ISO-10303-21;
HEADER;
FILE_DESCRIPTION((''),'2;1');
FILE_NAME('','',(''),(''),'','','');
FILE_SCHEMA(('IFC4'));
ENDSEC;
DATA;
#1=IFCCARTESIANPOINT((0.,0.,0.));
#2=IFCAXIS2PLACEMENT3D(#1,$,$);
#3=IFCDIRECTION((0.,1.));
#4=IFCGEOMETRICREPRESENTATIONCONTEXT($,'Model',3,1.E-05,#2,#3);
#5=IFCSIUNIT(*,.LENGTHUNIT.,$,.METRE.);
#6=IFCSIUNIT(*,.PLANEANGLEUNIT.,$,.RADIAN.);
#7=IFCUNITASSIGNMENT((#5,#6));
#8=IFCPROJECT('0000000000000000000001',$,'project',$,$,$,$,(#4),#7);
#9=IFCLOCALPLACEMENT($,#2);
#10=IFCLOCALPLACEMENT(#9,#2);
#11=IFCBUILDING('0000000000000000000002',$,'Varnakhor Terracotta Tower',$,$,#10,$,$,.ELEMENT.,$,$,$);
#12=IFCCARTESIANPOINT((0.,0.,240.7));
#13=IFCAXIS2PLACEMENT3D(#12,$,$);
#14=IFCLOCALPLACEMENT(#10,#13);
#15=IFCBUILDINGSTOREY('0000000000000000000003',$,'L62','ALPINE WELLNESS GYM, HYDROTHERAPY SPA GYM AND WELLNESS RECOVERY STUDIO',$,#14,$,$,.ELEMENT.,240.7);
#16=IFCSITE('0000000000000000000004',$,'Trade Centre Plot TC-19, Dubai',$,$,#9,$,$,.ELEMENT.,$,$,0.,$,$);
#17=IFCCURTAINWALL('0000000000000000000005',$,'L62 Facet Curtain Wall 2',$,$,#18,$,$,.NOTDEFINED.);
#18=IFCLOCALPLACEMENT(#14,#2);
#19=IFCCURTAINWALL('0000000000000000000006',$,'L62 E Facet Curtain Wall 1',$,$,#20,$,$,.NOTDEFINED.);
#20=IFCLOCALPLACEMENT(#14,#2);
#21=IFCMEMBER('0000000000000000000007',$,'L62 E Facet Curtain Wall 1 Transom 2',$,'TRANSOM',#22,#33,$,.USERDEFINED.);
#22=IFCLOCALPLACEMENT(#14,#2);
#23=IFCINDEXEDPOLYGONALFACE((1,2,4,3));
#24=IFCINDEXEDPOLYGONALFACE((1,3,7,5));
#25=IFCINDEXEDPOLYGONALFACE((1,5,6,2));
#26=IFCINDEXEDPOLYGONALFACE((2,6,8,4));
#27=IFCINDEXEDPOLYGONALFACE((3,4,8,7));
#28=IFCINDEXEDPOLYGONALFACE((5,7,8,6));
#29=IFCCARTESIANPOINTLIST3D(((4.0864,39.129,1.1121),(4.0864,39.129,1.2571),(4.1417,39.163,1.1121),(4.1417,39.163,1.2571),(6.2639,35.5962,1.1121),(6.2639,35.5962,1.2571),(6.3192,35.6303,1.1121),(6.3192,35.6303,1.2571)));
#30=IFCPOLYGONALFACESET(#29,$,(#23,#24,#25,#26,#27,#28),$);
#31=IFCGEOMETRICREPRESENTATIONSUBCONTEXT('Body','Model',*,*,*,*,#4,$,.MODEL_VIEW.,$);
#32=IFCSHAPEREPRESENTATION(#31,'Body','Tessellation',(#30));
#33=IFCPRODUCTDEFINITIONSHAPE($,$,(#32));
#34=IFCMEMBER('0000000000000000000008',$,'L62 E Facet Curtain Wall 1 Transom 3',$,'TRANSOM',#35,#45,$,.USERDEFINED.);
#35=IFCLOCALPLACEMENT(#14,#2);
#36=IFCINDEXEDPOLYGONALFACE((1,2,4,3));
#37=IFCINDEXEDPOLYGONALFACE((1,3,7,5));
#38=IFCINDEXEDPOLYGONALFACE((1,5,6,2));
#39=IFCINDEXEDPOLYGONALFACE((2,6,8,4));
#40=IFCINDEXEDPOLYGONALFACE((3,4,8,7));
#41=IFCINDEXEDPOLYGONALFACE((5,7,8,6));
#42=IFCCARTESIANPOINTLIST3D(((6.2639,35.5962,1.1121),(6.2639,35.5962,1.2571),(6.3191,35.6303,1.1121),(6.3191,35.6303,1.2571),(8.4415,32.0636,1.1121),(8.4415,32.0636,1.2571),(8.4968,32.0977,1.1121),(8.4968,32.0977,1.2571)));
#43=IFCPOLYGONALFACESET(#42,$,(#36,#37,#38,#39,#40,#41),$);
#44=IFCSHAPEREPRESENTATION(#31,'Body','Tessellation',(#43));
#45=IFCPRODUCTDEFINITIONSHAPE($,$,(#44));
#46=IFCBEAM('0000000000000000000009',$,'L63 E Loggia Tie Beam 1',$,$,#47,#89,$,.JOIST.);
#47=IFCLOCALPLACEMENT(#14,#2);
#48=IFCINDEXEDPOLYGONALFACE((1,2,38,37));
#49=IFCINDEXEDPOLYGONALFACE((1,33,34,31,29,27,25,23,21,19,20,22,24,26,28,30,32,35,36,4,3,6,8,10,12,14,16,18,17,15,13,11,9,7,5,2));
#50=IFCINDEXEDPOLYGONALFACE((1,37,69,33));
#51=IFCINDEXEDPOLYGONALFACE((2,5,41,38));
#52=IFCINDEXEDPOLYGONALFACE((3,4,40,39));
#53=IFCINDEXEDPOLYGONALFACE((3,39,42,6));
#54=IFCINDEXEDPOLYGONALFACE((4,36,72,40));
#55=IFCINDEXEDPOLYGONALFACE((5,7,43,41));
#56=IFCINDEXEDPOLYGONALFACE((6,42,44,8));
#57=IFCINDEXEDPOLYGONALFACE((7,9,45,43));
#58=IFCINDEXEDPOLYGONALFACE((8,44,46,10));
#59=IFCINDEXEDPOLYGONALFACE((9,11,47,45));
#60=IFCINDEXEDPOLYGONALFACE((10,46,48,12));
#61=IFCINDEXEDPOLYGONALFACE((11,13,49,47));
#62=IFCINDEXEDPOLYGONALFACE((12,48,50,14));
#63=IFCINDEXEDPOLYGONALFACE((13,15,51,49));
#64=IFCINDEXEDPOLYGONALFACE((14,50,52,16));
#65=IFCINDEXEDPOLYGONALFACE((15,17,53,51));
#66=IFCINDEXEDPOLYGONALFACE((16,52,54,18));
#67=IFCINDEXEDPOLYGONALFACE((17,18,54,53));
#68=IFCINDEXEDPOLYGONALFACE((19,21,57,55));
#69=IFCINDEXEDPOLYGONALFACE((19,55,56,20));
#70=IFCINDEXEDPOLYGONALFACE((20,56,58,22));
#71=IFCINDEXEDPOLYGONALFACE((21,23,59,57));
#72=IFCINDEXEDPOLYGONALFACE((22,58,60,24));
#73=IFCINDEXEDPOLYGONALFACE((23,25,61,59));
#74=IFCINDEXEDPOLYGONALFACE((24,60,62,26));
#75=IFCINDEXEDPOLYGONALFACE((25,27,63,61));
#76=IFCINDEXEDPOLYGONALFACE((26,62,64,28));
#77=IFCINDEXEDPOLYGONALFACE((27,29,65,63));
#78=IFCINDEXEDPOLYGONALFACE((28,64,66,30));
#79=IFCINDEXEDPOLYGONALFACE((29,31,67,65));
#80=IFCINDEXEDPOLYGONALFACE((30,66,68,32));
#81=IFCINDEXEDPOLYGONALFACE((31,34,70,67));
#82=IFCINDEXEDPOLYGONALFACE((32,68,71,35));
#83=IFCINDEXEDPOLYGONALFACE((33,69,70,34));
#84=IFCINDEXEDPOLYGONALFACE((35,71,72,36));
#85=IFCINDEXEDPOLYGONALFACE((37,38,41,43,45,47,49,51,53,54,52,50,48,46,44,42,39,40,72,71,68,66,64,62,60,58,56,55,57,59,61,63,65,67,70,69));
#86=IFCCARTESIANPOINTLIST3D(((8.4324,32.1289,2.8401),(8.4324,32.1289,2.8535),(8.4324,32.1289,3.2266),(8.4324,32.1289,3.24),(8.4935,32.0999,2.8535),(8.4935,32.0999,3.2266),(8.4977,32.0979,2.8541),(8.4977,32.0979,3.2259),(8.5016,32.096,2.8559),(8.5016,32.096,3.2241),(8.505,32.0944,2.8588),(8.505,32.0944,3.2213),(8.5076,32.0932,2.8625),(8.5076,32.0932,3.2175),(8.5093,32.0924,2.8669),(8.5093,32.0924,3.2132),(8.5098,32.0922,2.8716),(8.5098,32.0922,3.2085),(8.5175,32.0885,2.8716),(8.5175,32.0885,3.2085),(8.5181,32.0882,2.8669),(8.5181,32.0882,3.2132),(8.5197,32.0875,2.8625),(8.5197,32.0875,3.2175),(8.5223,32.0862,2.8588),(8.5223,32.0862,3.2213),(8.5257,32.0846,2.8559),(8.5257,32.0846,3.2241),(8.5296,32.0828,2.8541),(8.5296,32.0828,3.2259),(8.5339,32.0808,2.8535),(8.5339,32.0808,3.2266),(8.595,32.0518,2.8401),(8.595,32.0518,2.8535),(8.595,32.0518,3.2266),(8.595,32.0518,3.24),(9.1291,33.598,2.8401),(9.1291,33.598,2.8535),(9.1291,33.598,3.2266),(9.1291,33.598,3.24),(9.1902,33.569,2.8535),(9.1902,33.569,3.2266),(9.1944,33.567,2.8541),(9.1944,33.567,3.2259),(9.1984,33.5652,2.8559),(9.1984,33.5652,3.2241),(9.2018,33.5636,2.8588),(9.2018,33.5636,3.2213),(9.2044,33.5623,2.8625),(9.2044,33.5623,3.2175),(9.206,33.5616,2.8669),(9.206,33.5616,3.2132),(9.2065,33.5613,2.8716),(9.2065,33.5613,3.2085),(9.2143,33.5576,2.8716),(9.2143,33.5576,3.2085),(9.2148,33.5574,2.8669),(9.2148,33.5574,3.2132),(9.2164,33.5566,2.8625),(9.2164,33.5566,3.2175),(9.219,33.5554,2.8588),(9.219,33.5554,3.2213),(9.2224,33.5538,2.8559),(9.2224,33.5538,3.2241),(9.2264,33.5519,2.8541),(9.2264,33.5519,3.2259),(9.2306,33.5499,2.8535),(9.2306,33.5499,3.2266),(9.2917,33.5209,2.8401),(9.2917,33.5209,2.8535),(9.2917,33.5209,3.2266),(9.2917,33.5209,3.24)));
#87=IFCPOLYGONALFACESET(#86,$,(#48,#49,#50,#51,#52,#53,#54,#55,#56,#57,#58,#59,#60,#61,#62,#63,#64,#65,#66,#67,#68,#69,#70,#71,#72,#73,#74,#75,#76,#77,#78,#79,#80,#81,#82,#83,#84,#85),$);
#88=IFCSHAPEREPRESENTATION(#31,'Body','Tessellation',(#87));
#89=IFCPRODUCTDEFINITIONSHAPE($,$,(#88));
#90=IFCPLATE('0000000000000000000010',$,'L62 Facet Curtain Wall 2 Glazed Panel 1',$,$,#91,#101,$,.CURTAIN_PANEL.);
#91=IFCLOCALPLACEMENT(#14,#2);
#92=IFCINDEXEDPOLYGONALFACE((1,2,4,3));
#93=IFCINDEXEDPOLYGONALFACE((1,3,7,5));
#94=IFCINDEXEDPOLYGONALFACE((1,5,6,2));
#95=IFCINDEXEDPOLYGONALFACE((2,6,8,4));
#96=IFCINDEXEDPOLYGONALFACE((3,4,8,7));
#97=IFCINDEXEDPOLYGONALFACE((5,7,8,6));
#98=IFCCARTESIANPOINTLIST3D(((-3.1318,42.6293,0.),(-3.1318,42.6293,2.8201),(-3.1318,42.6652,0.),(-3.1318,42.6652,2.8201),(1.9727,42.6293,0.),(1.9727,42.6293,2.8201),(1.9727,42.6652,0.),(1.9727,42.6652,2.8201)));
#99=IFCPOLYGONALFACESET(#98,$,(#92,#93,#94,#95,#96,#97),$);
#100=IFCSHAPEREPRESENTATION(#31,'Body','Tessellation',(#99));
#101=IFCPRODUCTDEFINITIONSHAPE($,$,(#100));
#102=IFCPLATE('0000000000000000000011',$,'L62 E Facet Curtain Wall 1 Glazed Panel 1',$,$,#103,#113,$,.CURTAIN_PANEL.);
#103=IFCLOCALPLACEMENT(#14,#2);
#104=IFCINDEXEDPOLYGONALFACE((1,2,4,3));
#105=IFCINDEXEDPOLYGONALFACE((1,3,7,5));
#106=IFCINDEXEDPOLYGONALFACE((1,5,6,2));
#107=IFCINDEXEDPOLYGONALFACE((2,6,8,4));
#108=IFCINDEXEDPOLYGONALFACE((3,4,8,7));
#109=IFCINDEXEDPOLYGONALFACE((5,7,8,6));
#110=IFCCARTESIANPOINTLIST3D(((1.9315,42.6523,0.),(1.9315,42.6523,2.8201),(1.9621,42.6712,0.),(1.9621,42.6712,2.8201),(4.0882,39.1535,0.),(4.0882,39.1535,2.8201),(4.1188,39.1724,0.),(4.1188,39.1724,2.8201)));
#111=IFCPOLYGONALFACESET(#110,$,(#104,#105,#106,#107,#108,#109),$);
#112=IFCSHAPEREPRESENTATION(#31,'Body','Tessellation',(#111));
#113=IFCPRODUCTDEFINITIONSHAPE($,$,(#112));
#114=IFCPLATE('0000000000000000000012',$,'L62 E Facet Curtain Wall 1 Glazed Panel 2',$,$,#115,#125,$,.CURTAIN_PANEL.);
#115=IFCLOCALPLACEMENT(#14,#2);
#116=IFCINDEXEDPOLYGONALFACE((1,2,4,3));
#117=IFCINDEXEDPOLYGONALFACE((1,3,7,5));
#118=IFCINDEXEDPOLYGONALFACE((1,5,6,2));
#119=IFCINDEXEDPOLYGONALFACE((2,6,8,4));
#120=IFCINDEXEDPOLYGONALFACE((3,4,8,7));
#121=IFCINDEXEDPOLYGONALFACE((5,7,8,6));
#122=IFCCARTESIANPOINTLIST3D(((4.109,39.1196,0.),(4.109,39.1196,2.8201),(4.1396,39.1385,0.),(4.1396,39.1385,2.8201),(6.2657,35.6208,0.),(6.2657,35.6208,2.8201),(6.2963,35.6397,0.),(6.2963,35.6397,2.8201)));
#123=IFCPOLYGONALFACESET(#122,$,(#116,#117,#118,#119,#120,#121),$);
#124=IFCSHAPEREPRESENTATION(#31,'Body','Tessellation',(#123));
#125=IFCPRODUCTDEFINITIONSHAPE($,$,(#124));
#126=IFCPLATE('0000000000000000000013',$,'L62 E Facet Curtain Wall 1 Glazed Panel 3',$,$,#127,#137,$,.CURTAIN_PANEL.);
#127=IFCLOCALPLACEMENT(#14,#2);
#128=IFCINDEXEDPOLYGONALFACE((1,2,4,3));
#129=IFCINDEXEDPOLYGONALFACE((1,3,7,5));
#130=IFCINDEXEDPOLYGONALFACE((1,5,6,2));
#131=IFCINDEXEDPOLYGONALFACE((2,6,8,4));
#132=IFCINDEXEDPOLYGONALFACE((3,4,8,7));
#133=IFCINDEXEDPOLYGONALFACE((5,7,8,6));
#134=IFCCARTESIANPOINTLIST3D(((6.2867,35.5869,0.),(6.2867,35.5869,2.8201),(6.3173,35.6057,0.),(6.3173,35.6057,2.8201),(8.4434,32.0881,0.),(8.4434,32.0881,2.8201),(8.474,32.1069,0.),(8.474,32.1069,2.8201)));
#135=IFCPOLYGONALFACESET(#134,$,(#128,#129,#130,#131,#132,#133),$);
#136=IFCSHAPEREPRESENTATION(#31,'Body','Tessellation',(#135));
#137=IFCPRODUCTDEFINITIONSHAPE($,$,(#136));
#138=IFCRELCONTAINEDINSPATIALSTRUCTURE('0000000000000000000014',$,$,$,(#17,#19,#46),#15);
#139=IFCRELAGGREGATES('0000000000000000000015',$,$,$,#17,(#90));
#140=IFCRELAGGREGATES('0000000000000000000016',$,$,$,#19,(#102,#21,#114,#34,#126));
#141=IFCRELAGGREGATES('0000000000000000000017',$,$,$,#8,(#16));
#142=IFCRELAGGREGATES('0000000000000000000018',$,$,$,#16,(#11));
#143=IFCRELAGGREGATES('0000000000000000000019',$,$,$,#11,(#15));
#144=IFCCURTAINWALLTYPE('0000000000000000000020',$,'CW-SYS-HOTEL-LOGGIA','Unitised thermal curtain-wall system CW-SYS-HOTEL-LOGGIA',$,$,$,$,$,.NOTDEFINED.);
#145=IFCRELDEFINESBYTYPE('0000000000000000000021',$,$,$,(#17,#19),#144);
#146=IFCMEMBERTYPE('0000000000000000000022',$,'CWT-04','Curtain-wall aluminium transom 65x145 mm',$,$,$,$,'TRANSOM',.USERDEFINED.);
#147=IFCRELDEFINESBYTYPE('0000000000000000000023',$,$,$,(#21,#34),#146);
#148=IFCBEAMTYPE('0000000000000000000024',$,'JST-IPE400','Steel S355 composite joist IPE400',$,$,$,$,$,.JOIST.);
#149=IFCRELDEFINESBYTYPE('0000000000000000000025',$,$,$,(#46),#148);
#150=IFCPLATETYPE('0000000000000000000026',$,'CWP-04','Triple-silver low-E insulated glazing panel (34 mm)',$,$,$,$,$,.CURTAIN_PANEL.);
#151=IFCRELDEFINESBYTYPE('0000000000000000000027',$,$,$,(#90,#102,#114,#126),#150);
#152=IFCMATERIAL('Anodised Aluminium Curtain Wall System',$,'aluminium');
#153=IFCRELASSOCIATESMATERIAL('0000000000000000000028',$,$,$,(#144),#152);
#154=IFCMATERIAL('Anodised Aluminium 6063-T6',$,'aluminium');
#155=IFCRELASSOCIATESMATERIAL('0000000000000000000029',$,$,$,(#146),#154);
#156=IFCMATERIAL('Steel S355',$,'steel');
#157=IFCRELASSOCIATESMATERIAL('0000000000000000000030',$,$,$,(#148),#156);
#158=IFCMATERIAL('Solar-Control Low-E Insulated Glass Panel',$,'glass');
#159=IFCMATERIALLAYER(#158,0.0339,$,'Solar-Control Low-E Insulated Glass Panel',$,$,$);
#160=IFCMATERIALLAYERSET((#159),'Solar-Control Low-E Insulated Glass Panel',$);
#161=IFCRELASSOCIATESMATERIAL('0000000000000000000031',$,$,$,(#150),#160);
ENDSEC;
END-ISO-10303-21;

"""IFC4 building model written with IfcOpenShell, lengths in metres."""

from ifc_helpers import new_model, si_unit, direction, frame, origin, origin_2d, place, context, subcontext, project, spatial, rectangle, i_section, extrude, source, transform, mapped, material, layer, layer_set, material_profile, profile_set, type_object, element, aggregate, save


model = new_model("IFC4")

# Units and contexts
model_context = context("Model", 3, precision=1e-05, world=origin(), true_north=direction((0.0, 1.0)))
body_context = subcontext(model_context, "Body", "Model", "MODEL_VIEW")
ifc_project = project(units=[si_unit("LENGTHUNIT", "METRE"), si_unit("PLANEANGLEUNIT", "RADIAN")], contexts=[model_context])

# Site, building, storey
site_placement = place(None, origin())
site = spatial("IfcSite", under=ifc_project, at=site_placement, Name="Trade Centre Plot TC-19, Dubai", CompositionType="ELEMENT", RefElevation=0.0)
building_placement = place(site_placement, origin())
building = spatial("IfcBuilding", under=site, at=building_placement, Name="Varnakhor Terracotta Tower", CompositionType="ELEMENT")
storey_placement = place(building_placement, frame((0.0, 0.0, 240.7)))
storey = spatial("IfcBuildingStorey", under=building, at=storey_placement, Name="L62", Description="ALPINE WELLNESS GYM, HYDROTHERAPY SPA GYM AND WELLNESS RECOVERY STUDIO", CompositionType="ELEMENT", Elevation=240.7)

# Shared definitions
ifc_material_1 = material(Name="Steel S355", Category="steel")

# Curtain wall
ifc_material_2 = material(Name="Anodised Aluminium Curtain Wall System", Category="aluminium")
curtain_wall_type = type_object("IfcCurtainWallType", Name="CW-SYS-HOTEL-LOGGIA", Description="Unitised thermal curtain-wall system CW-SYS-HOTEL-LOGGIA", PredefinedType="NOTDEFINED", material=ifc_material_2)
curtain_wall_1_placement = place(storey_placement, origin())
curtain_wall_1 = element("IfcCurtainWall", 1, at=curtain_wall_1_placement, inside=storey, type_object=curtain_wall_type, Name="L62 Facet Curtain Wall 2", PredefinedType="NOTDEFINED")
ifc_material_3 = material(Name="Anodised Aluminium 6063-T6", Category="aluminium")

# Curtain wall
curtain_wall_2_placement = place(storey_placement, origin())
curtain_wall_2 = element("IfcCurtainWall", 2, at=curtain_wall_2_placement, inside=storey, type_object=curtain_wall_type, Name="L62 E Facet Curtain Wall 1", PredefinedType="NOTDEFINED")

# Members
ifc_material_profile_1 = material_profile(ifc_material_3, rectangle(XDim=0.0649, YDim=0.145, at=origin_2d()), Name="ALU TRANSOM 65x145")
ifc_profile_set_1 = profile_set([ifc_material_profile_1], Name="Anodised Aluminium 6063-T6")
member_type_1 = type_object("IfcMemberType", Name="CWT-04", Description="Curtain-wall aluminium transom 65x145 mm", ElementType="TRANSOM", PredefinedType="USERDEFINED", material=ifc_profile_set_1)
shared_shape_1 = source(origin(), body_context, "Body", "SweptSolid", [
    extrude(rectangle(XDim=0.0649, YDim=0.145, at=origin_2d()), origin(), (0.0, 0.0, 1.0), 4.1499),
])
member_1_placement = place(storey_placement, frame((4.114, 39.146, 1.1846), z_axis=(0.524711, -0.85128, 0.0), x_axis=(0.85128, 0.524711, 0.0)))
member_1 = element("IfcMember", 3, at=member_1_placement, type_object=member_type_1, Name="L62 E Facet Curtain Wall 1 Transom 2", ObjectType="TRANSOM", PredefinedType="USERDEFINED", context=body_context, shape_type="MappedRepresentation", body=[
    mapped(shared_shape_1, transform((0.0, 0.0, 0.0), scale=1.0)),
])
member_2_placement = place(storey_placement, frame((6.2915, 35.6133, 1.1846), z_axis=(0.524754, -0.851254, 0.0), x_axis=(0.851254, 0.524754, 0.0)))
member_2 = element("IfcMember", 4, at=member_2_placement, type_object=member_type_1, Name="L62 E Facet Curtain Wall 1 Transom 3", ObjectType="TRANSOM", PredefinedType="USERDEFINED", context=body_context, shape_type="MappedRepresentation", body=[
    mapped(shared_shape_1, transform((0.0, 0.0, 0.0), scale=1.0)),
])

# Beam
ifc_material_profile_2 = material_profile(ifc_material_1, i_section(OverallWidth=0.1799, OverallDepth=0.3999, WebThickness=0.0085, FlangeThickness=0.0134, FilletRadius=0.0181, at=origin_2d()), Name="IPE400")
ifc_profile_set_2 = profile_set([ifc_material_profile_2], Name="Steel S355")
beam_type_1 = type_object("IfcBeamType", Name="JST-IPE400", Description="Steel S355 composite joist IPE400", PredefinedType="JOIST", material=ifc_profile_set_2)
shared_shape_2 = source(origin(), body_context, "Body", "SweptSolid", [
    extrude(i_section(OverallWidth=0.1799, OverallDepth=0.3999, WebThickness=0.0085, FlangeThickness=0.0134, FilletRadius=0.0181, at=origin_2d()), origin(), (0.0, 0.0, 1.0), 1.626),
])
beam_1_placement = place(storey_placement, frame((8.5137, 32.0903, 3.04), z_axis=(0.428499, 0.903542, 0.0), x_axis=(-0.903542, 0.428499, 0.0)))
element("IfcBeam", 5, at=beam_1_placement, inside=storey, type_object=beam_type_1, Name="L63 E Loggia Tie Beam 1", PredefinedType="JOIST", context=body_context, shape_type="MappedRepresentation", body=[
    mapped(shared_shape_2, transform((0.0, 0.0, 0.0), scale=1.0)),
])

# Plates
ifc_material_4 = material(Name="Solar-Control Low-E Insulated Glass Panel", Category="glass")
ifc_layer_1 = layer(ifc_material_4, 0.0339, Name="Solar-Control Low-E Insulated Glass Panel")
ifc_layer_set_1 = layer_set([ifc_layer_1], Name="Solar-Control Low-E Insulated Glass Panel")
plate_type = type_object("IfcPlateType", Name="CWP-04", Description="Triple-silver low-E insulated glazing panel (34 mm)", PredefinedType="CURTAIN_PANEL", material=ifc_layer_set_1)
shared_shape_3 = source(origin(), body_context, "Body", "SweptSolid", [
    extrude(rectangle(XDim=5.1045, YDim=0.0359, at=origin_2d()), origin(), (0.0, 0.0, 1.0), 2.8201),
])
plate_1_placement = place(storey_placement, frame((-0.5796, 42.6472, 0.0), z_axis=(0.0, 0.0, 1.0), x_axis=(1.0, 0.0, 0.0)))
plate_1 = element("IfcPlate", 6, at=plate_1_placement, type_object=plate_type, Name="L62 Facet Curtain Wall 2 Glazed Panel 1", PredefinedType="CURTAIN_PANEL", context=body_context, shape_type="MappedRepresentation", body=[
    mapped(shared_shape_3, transform((0.0, 0.0, 0.0), scale=1.0)),
])
aggregate(curtain_wall_1, [plate_1])
shared_shape_4 = source(origin(), body_context, "Body", "SweptSolid", [
    extrude(rectangle(XDim=4.1101, YDim=0.0359, at=origin_2d()), origin(), (0.0, 0.0, 1.0), 2.8201),
])
plate_2_placement = place(storey_placement, frame((3.0251, 40.9124, 0.0), z_axis=(0.0, 0.0, 1.0), x_axis=(0.524729, -0.851269, 0.0)))
plate_2 = element("IfcPlate", 7, at=plate_2_placement, type_object=plate_type, Name="L62 E Facet Curtain Wall 1 Glazed Panel 1", PredefinedType="CURTAIN_PANEL", context=body_context, shape_type="MappedRepresentation", body=[
    mapped(shared_shape_4, transform((0.0, 0.0, 0.0), scale=1.0)),
])
plate_3_placement = place(storey_placement, frame((5.2026, 37.3796, 0.0), z_axis=(0.0, 0.0, 1.0), x_axis=(0.524729, -0.851269, 0.0)))
plate_3 = element("IfcPlate", 8, at=plate_3_placement, type_object=plate_type, Name="L62 E Facet Curtain Wall 1 Glazed Panel 2", PredefinedType="CURTAIN_PANEL", context=body_context, shape_type="MappedRepresentation", body=[
    mapped(shared_shape_4, transform((0.0, 0.0, 0.0), scale=1.0)),
])
plate_4_placement = place(storey_placement, frame((7.3804, 33.8469, 0.0), z_axis=(0.0, 0.0, 1.0), x_axis=(0.524729, -0.851269, 0.0)))
plate_4 = element("IfcPlate", 9, at=plate_4_placement, type_object=plate_type, Name="L62 E Facet Curtain Wall 1 Glazed Panel 3", PredefinedType="CURTAIN_PANEL", context=body_context, shape_type="MappedRepresentation", body=[
    mapped(shared_shape_4, transform((0.0, 0.0, 0.0), scale=1.0)),
])
aggregate(curtain_wall_2, [plate_2, member_1, plate_3, member_2, plate_4])

save(model, "model.ifc")
